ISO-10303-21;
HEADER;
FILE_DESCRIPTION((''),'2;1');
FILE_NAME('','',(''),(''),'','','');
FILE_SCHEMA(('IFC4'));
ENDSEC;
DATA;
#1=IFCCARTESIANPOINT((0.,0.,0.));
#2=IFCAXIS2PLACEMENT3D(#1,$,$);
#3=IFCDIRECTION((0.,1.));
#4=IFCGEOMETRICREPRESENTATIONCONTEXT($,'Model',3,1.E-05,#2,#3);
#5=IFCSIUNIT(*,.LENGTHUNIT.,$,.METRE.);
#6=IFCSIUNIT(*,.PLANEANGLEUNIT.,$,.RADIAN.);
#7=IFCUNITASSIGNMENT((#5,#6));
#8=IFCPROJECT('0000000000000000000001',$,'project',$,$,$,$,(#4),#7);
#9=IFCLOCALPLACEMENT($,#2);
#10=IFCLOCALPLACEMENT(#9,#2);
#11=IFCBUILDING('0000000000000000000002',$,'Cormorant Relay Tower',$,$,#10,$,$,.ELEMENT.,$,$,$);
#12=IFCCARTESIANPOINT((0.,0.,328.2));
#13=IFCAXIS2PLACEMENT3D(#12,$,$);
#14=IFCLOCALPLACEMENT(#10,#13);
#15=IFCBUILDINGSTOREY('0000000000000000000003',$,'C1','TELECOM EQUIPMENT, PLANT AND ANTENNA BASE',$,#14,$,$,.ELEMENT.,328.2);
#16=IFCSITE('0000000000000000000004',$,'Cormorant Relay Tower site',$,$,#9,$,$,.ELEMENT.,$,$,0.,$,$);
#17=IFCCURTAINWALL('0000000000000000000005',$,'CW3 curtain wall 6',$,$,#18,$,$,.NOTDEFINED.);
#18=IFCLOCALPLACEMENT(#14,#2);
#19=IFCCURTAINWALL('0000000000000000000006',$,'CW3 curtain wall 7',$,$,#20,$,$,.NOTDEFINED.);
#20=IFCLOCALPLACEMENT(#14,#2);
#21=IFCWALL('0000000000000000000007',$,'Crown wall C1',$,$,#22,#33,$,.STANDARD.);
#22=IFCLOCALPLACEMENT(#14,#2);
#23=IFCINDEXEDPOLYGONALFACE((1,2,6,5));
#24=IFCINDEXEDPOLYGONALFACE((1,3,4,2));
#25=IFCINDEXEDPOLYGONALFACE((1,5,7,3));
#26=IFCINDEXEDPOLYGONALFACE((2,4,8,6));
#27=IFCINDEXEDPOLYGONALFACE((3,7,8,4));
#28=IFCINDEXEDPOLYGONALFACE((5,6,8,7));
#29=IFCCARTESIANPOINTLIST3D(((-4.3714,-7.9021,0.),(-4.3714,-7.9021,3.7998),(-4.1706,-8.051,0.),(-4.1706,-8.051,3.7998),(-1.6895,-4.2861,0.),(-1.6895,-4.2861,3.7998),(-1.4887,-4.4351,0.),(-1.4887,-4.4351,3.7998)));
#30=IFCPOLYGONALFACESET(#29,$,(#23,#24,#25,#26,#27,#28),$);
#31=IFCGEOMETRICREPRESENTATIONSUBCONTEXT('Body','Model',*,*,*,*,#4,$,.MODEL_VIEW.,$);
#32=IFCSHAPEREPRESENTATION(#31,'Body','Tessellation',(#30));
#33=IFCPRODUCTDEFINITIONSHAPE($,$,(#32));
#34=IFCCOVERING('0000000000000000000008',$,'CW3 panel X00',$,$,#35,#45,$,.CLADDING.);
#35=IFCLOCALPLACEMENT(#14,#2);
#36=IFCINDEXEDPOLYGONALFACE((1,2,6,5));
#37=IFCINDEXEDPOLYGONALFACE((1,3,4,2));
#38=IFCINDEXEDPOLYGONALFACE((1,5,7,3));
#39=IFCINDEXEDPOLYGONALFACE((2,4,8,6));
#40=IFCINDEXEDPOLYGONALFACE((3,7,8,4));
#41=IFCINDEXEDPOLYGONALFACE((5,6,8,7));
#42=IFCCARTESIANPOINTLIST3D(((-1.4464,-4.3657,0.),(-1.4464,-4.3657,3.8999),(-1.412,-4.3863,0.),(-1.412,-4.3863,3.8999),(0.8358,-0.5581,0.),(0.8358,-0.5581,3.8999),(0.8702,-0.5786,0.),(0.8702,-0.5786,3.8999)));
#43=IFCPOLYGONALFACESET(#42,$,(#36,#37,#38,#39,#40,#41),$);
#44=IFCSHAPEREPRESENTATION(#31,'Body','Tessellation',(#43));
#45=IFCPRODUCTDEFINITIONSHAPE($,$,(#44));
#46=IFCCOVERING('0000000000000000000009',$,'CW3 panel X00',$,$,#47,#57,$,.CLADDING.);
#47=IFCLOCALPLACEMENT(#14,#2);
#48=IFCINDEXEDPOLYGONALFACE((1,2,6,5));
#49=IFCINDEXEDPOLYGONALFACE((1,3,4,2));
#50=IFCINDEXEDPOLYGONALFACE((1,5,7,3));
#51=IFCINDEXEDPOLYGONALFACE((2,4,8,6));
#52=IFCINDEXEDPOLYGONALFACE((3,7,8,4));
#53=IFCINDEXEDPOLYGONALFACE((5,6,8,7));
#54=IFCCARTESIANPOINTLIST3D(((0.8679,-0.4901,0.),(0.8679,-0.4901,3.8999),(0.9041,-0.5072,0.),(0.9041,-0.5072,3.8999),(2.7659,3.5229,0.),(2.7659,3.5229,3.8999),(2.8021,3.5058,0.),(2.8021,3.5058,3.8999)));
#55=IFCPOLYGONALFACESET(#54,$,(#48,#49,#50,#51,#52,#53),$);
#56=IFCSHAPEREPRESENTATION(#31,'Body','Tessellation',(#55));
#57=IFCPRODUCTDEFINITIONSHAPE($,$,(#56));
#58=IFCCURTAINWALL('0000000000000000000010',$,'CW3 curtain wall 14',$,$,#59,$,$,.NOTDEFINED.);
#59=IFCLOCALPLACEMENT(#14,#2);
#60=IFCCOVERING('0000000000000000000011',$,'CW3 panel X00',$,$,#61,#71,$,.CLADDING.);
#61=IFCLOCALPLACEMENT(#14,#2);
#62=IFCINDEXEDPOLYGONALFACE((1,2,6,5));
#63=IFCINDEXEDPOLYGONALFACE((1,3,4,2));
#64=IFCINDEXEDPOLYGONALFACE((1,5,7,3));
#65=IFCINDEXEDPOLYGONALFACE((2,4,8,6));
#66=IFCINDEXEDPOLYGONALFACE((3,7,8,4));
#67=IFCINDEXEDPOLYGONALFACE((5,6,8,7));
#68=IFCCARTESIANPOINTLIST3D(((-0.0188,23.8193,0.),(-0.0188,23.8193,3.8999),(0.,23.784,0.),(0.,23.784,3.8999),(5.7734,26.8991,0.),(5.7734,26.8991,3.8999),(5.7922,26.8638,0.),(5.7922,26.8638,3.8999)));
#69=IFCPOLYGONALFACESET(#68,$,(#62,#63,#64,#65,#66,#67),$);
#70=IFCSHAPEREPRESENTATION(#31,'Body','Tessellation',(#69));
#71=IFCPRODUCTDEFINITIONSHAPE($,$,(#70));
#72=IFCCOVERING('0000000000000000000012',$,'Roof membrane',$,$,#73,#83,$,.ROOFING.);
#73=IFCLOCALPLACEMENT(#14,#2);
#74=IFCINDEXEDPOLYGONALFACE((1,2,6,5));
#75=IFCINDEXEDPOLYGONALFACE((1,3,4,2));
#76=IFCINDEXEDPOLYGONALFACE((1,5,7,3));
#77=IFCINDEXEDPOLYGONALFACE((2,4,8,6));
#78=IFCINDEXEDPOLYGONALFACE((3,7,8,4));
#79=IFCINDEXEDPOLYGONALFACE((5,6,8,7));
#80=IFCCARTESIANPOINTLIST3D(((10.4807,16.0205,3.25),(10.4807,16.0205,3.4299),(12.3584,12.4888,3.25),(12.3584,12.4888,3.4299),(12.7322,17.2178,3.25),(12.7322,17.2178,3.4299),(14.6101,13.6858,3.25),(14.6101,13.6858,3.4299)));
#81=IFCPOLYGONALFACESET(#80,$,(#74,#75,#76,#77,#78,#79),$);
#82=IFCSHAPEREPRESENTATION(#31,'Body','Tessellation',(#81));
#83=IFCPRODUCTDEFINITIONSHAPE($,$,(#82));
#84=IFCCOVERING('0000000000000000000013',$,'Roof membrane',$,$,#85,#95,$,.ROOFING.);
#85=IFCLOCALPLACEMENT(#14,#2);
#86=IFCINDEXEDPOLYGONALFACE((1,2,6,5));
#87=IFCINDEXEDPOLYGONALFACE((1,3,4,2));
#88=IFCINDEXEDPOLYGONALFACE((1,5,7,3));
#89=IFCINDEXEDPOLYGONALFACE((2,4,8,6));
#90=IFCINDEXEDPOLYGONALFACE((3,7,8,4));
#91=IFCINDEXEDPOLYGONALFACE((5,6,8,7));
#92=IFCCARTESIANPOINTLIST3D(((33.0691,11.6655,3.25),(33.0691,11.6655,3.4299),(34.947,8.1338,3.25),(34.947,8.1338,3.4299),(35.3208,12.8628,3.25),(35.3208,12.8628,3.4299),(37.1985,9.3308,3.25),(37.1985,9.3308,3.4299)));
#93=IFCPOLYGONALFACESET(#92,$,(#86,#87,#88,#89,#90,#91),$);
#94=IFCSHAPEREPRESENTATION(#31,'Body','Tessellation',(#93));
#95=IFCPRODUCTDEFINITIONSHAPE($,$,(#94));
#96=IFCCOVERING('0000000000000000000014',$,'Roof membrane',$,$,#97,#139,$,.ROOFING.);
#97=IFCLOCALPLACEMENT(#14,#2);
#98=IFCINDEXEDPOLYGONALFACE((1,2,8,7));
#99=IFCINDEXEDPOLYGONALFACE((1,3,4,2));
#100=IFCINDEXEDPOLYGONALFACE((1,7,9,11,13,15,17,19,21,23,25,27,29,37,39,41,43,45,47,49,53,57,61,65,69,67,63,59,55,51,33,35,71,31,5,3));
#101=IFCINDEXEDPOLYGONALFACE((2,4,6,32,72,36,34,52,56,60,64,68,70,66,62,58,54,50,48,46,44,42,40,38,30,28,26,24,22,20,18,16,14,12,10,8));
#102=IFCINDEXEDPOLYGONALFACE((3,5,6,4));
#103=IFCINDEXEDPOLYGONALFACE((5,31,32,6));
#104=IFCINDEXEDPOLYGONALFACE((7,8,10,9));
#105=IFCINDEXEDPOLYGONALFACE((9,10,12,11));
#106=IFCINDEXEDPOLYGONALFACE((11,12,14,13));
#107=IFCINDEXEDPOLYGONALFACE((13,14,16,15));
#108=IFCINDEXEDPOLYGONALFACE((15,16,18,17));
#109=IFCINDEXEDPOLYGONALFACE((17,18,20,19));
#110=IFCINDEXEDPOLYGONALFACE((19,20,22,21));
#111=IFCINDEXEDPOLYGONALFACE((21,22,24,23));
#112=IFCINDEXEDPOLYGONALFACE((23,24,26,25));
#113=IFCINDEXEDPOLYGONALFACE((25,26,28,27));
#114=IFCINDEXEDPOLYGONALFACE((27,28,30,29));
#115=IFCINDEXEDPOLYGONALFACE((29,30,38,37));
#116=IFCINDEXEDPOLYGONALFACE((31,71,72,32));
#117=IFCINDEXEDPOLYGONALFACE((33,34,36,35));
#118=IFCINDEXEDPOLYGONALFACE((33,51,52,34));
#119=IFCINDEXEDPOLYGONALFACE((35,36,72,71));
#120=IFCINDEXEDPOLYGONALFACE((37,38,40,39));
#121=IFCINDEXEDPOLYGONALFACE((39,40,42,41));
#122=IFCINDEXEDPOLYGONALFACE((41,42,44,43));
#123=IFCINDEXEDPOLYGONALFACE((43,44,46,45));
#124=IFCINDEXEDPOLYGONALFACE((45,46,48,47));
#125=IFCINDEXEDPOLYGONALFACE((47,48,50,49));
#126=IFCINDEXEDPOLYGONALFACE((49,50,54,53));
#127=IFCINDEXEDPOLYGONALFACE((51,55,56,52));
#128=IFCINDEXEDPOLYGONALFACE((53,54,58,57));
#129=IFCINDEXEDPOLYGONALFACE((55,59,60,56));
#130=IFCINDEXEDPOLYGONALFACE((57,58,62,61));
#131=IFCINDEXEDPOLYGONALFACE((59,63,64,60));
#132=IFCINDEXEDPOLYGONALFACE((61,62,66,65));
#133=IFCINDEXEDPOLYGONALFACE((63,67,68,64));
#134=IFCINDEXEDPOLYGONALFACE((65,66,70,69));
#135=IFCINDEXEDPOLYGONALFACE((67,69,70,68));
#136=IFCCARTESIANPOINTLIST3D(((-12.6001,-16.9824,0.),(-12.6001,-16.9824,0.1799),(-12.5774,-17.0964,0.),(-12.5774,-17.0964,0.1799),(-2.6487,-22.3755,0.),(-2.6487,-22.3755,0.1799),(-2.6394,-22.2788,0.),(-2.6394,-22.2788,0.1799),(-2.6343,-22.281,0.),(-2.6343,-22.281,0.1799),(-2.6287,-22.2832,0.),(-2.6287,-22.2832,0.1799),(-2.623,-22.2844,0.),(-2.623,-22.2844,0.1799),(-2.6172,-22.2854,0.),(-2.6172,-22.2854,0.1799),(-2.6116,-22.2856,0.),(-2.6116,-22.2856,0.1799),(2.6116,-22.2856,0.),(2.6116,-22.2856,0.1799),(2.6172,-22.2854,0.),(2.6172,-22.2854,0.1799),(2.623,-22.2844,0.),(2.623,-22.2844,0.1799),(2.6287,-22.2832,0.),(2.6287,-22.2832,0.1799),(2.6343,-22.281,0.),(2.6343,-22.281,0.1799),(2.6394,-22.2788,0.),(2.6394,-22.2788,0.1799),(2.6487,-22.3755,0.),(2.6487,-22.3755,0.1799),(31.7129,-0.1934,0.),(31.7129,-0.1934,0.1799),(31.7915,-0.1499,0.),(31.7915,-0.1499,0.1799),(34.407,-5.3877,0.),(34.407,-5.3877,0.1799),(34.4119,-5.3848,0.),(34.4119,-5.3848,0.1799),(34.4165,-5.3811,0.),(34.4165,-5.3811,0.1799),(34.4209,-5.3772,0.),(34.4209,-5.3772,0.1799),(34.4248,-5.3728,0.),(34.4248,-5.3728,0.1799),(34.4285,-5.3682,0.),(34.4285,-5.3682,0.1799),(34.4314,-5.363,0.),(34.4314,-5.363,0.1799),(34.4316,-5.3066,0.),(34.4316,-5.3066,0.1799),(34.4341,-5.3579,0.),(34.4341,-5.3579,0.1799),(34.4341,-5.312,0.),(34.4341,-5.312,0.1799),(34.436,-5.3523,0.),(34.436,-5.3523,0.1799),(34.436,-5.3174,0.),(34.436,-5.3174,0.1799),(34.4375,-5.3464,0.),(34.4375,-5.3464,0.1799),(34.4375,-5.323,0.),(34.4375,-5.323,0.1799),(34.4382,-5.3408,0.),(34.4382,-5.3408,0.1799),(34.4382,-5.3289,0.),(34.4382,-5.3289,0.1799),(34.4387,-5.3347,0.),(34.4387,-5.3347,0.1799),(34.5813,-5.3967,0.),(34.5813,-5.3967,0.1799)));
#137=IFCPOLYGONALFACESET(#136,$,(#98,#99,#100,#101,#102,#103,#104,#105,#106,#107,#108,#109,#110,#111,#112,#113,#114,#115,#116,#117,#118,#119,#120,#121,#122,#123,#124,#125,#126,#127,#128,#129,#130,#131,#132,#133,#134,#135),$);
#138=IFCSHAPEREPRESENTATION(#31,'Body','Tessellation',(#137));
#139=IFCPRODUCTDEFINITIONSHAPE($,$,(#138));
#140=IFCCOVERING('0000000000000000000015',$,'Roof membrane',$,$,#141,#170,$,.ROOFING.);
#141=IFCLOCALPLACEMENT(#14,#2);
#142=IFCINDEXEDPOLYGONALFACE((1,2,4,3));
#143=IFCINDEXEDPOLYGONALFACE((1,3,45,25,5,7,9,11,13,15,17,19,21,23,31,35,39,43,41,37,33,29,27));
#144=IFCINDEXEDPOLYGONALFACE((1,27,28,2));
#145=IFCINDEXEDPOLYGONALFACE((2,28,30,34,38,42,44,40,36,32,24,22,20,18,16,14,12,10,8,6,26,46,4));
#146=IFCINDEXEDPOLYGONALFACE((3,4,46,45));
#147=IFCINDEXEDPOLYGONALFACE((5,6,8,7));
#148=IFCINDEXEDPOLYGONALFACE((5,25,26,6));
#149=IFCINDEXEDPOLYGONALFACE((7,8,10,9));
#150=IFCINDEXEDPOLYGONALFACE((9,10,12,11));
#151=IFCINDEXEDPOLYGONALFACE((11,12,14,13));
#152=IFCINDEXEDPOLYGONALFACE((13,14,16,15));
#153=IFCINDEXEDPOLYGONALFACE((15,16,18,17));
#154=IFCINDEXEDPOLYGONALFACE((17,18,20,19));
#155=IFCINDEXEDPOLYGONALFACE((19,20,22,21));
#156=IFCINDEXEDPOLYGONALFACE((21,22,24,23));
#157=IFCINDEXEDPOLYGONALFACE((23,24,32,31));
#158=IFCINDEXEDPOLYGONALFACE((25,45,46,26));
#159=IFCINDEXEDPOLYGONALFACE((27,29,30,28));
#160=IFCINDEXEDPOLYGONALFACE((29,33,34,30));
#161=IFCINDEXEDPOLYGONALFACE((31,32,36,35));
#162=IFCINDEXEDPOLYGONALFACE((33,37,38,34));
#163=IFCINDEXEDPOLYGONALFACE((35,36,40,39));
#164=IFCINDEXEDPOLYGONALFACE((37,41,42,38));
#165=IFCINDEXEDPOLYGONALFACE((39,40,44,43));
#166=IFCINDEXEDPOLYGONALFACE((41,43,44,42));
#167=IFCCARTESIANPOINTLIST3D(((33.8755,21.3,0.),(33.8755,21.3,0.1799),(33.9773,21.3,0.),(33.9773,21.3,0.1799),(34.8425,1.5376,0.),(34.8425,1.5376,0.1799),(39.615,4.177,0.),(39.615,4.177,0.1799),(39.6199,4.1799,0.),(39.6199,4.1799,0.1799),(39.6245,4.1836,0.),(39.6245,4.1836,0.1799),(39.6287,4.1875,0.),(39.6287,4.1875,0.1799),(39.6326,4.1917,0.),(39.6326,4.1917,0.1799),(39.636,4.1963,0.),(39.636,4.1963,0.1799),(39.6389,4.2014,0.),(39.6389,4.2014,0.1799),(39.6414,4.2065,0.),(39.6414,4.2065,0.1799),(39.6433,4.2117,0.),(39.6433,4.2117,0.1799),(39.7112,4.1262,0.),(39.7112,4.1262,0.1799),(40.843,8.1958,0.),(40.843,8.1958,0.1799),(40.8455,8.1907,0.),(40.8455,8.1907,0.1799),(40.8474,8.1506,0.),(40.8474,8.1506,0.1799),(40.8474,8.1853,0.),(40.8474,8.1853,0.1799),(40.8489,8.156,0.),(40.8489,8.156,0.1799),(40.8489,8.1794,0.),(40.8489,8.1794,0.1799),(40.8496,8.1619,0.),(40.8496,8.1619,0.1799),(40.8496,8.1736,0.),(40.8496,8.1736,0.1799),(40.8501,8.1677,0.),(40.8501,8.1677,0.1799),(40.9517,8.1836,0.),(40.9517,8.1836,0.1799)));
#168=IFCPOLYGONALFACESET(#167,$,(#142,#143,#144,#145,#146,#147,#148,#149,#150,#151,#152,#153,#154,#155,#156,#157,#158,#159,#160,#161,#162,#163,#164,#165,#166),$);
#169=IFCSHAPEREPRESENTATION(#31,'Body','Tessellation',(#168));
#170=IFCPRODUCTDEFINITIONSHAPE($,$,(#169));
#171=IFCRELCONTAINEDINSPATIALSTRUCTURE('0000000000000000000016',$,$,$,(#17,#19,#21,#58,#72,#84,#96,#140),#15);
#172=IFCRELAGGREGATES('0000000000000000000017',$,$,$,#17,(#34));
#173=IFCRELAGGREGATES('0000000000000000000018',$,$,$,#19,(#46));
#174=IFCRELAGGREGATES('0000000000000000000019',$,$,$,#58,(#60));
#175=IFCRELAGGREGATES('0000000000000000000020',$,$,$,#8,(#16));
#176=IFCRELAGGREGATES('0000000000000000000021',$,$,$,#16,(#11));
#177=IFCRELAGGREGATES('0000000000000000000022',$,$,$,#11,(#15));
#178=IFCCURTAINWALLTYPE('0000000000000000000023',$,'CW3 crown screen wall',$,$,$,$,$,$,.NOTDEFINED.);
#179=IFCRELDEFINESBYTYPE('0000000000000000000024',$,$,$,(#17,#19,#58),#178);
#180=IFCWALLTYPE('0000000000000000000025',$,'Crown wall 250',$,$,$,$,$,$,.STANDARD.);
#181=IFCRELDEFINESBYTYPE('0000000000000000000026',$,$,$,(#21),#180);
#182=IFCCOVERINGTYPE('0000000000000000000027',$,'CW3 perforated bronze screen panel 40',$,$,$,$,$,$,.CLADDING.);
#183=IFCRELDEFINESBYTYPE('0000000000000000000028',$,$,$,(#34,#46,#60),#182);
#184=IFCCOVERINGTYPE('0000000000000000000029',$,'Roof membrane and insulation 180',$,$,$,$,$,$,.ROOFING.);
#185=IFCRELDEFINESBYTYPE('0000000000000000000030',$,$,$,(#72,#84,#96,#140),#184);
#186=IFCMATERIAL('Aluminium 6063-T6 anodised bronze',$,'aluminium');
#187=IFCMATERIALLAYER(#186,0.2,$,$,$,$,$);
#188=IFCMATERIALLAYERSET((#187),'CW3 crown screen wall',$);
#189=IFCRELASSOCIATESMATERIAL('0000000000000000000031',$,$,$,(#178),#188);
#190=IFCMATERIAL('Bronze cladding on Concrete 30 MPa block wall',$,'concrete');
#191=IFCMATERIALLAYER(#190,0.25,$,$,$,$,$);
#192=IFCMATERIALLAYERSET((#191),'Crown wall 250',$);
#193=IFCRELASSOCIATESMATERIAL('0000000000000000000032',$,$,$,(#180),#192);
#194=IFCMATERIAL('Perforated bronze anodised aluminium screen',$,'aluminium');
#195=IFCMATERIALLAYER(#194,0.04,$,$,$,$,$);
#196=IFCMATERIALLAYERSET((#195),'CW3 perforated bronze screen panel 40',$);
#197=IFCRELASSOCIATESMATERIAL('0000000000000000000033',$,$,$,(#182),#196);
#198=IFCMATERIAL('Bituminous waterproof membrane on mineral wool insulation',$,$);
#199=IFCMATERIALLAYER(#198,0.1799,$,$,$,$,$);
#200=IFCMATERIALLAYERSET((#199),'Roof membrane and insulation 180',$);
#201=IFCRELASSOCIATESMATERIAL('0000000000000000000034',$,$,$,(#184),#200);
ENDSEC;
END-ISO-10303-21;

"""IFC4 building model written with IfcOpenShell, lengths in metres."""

from ifc_helpers import new_model, si_unit, direction, frame, frame_2d, origin, origin_2d, place, context, subcontext, project, spatial, polyline, rectangle, outline, extrude, material, layer, layer_set, type_object, element, aggregate, save


model = new_model("IFC4")

# Units and contexts
model_context = context("Model", 3, precision=1e-05, world=origin(), true_north=direction((0.0, 1.0)))
body_context = subcontext(model_context, "Body", "Model", "MODEL_VIEW")
ifc_project = project(units=[si_unit("LENGTHUNIT", "METRE"), si_unit("PLANEANGLEUNIT", "RADIAN")], contexts=[model_context])

# Site, building, storey
site_placement = place(None, origin())
site = spatial("IfcSite", under=ifc_project, at=site_placement, Name="Cormorant Relay Tower site", CompositionType="ELEMENT", RefElevation=0.0)
building_placement = place(site_placement, origin())
building = spatial("IfcBuilding", under=site, at=building_placement, Name="Cormorant Relay Tower", CompositionType="ELEMENT")
storey_placement = place(building_placement, frame((0.0, 0.0, 328.2)))
storey = spatial("IfcBuildingStorey", under=building, at=storey_placement, Name="C1", Description="TELECOM EQUIPMENT, PLANT AND ANTENNA BASE", CompositionType="ELEMENT", Elevation=328.2)

# Curtain walls
ifc_material_1 = material(Name="Aluminium 6063-T6 anodised bronze", Category="aluminium")
ifc_layer_1 = layer(ifc_material_1, 0.2)
ifc_layer_set_1 = layer_set([ifc_layer_1], Name="CW3 crown screen wall")
curtain_wall_type = type_object("IfcCurtainWallType", Name="CW3 crown screen wall", PredefinedType="NOTDEFINED", material=ifc_layer_set_1)
curtain_wall_1_placement = place(storey_placement, origin())
curtain_wall_1 = element("IfcCurtainWall", 1, at=curtain_wall_1_placement, inside=storey, type_object=curtain_wall_type, Name="CW3 curtain wall 6", PredefinedType="NOTDEFINED")
curtain_wall_2_placement = place(storey_placement, origin())
curtain_wall_2 = element("IfcCurtainWall", 2, at=curtain_wall_2_placement, inside=storey, type_object=curtain_wall_type, Name="CW3 curtain wall 7", PredefinedType="NOTDEFINED")

# Wall
ifc_material_2 = material(Name="Bronze cladding on Concrete 30 MPa block wall", Category="concrete")
ifc_layer_2 = layer(ifc_material_2, 0.25)
ifc_layer_set_2 = layer_set([ifc_layer_2], Name="Crown wall 250")
wall_type_1 = type_object("IfcWallType", Name="Crown wall 250", PredefinedType="STANDARD", material=ifc_layer_set_2)
for number, where, z_axis, x_axis, name in (
    (3, (-1.5891, -4.3606, 0.0), (0.0, 0.0, 1.0), (-0.595714, -0.803197, 0.0), "Crown wall C1"),
):
    element("IfcWall", number, at=place(storey_placement, frame(where, z_axis=z_axis, x_axis=x_axis)), inside=storey, type_object=wall_type_1, Name=name, PredefinedType="STANDARD", context=body_context, shape_type="SweptSolid", body=[
        extrude(rectangle(XDim=4.502, YDim=0.25, at=frame_2d((2.251, 0.0))), origin(), (0.0, 0.0, 1.0), 3.7998),
    ])

# Coverings
ifc_material_3 = material(Name="Perforated bronze anodised aluminium screen", Category="aluminium")
ifc_layer_3 = layer(ifc_material_3, 0.04)
ifc_layer_set_3 = layer_set([ifc_layer_3], Name="CW3 perforated bronze screen panel 40")
covering_type_1 = type_object("IfcCoveringType", Name="CW3 perforated bronze screen panel 40", PredefinedType="CLADDING", material=ifc_layer_set_3)
covering_1_placement = place(storey_placement, frame((-0.2881, -2.4722, 0.0), z_axis=(0.0, 0.0, 1.0), x_axis=(0.514103, 0.857729, 0.0)))
covering_1 = element("IfcCovering", 4, at=covering_1_placement, type_object=covering_type_1, Name="CW3 panel X00", PredefinedType="CLADDING", context=body_context, shape_type="SweptSolid", body=[
    extrude(rectangle(XDim=4.4392, YDim=0.04, at=origin_2d()), origin(), (0.0, 0.0, 1.0), 3.8999),
])
aggregate(curtain_wall_1, [covering_1])
covering_2_placement = place(storey_placement, frame((1.835, 1.5078, 0.0), z_axis=(0.0, 0.0, 1.0), x_axis=(0.427555, 0.903989, 0.0)))
covering_2 = element("IfcCovering", 5, at=covering_2_placement, type_object=covering_type_1, Name="CW3 panel X00", PredefinedType="CLADDING", context=body_context, shape_type="SweptSolid", body=[
    extrude(rectangle(XDim=4.4392, YDim=0.04, at=origin_2d()), origin(), (0.0, 0.0, 1.0), 3.8999),
])
aggregate(curtain_wall_2, [covering_2])

# Curtain wall, covering
curtain_wall_3_placement = place(storey_placement, origin())
curtain_wall_3 = element("IfcCurtainWall", 6, at=curtain_wall_3_placement, inside=storey, type_object=curtain_wall_type, Name="CW3 curtain wall 14", PredefinedType="NOTDEFINED")
covering_3_placement = place(storey_placement, frame((2.8867, 25.3416, 0.0), z_axis=(0.0, 0.0, 1.0), x_axis=(-0.882948, -0.469472, 0.0)))
covering_3 = element("IfcCovering", 7, at=covering_3_placement, type_object=covering_type_1, Name="CW3 panel X00", PredefinedType="CLADDING", context=body_context, shape_type="SweptSolid", body=[
    extrude(rectangle(XDim=6.5601, YDim=0.04, at=origin_2d()), origin(), (0.0, 0.0, 1.0), 3.8999),
])
aggregate(curtain_wall_3, [covering_3])

# Coverings
ifc_material_4 = material(Name="Bituminous waterproof membrane on mineral wool insulation")
ifc_layer_4 = layer(ifc_material_4, 0.1799)
ifc_layer_set_4 = layer_set([ifc_layer_4], Name="Roof membrane and insulation 180")
covering_type_2 = type_object("IfcCoveringType", Name="Roof membrane and insulation 180", PredefinedType="ROOFING", material=ifc_layer_set_4)
covering_4_placement = place(storey_placement, frame((0.0, 0.0, 3.25)))
element("IfcCovering", 8, at=covering_4_placement, inside=storey, type_object=covering_type_2, Name="Roof membrane", PredefinedType="ROOFING", context=body_context, shape_type="SweptSolid", body=[
    extrude(outline(polyline([(14.6101, 13.6858), (12.3584, 12.4888), (10.4807, 16.0205), (12.7322, 17.2178), (14.6101, 13.6858)])), origin(), (0.0, 0.0, 1.0), 0.1799),
])
covering_5_placement = place(storey_placement, frame((0.0, 0.0, 3.25)))
element("IfcCovering", 9, at=covering_5_placement, inside=storey, type_object=covering_type_2, Name="Roof membrane", PredefinedType="ROOFING", context=body_context, shape_type="SweptSolid", body=[
    extrude(outline(polyline([(37.1985, 9.3308), (34.947, 8.1338), (33.0691, 11.6655), (35.3208, 12.8628), (37.1985, 9.3308)])), origin(), (0.0, 0.0, 1.0), 0.1799),
])
covering_6_placement = place(storey_placement, origin())
element("IfcCovering", 10, at=covering_6_placement, inside=storey, type_object=covering_type_2, Name="Roof membrane", PredefinedType="ROOFING", context=body_context, shape_type="SweptSolid", body=[
    extrude(outline(polyline([(34.5813, -5.3967), (2.6487, -22.3755), (-2.6487, -22.3755), (-12.5774, -17.0964), (-12.6001, -16.9824), (-2.6394, -22.2788), (-2.6343, -22.281), (-2.6287, -22.2832), (-2.623, -22.2844), (-2.6172, -22.2854), (-2.6116, -22.2856), (2.6116, -22.2856), (2.6172, -22.2854), (2.623, -22.2844), (2.6287, -22.2832), (2.6343, -22.281), (2.6394, -22.2788), (34.407, -5.3877), (34.4119, -5.3848), (34.4165, -5.3811), (34.4209, -5.3772), (34.4248, -5.3728), (34.4285, -5.3682), (34.4314, -5.363), (34.4341, -5.3579), (34.436, -5.3523), (34.4375, -5.3464), (34.4382, -5.3408), (34.4387, -5.3347), (34.4382, -5.3289), (34.4375, -5.323), (34.436, -5.3174), (34.4341, -5.312), (34.4316, -5.3066), (31.7129, -0.1934), (31.7915, -0.1499), (34.5813, -5.3967)])), origin(), (0.0, 0.0, 1.0), 0.1799),
])
covering_7_placement = place(storey_placement, origin())
element("IfcCovering", 11, at=covering_7_placement, inside=storey, type_object=covering_type_2, Name="Roof membrane", PredefinedType="ROOFING", context=body_context, shape_type="SweptSolid", body=[
    extrude(outline(polyline([(33.9773, 21.3), (40.9517, 8.1836), (39.7112, 4.1262), (34.8425, 1.5376), (39.615, 4.177), (39.6199, 4.1799), (39.6245, 4.1836), (39.6287, 4.1875), (39.6326, 4.1917), (39.636, 4.1963), (39.6389, 4.2014), (39.6414, 4.2065), (39.6433, 4.2117), (40.8474, 8.1506), (40.8489, 8.156), (40.8496, 8.1619), (40.8501, 8.1677), (40.8496, 8.1736), (40.8489, 8.1794), (40.8474, 8.1853), (40.8455, 8.1907), (40.843, 8.1958), (33.8755, 21.3), (33.9773, 21.3)])), origin(), (0.0, 0.0, 1.0), 0.1799),
])

save(model, "model.ifc")
